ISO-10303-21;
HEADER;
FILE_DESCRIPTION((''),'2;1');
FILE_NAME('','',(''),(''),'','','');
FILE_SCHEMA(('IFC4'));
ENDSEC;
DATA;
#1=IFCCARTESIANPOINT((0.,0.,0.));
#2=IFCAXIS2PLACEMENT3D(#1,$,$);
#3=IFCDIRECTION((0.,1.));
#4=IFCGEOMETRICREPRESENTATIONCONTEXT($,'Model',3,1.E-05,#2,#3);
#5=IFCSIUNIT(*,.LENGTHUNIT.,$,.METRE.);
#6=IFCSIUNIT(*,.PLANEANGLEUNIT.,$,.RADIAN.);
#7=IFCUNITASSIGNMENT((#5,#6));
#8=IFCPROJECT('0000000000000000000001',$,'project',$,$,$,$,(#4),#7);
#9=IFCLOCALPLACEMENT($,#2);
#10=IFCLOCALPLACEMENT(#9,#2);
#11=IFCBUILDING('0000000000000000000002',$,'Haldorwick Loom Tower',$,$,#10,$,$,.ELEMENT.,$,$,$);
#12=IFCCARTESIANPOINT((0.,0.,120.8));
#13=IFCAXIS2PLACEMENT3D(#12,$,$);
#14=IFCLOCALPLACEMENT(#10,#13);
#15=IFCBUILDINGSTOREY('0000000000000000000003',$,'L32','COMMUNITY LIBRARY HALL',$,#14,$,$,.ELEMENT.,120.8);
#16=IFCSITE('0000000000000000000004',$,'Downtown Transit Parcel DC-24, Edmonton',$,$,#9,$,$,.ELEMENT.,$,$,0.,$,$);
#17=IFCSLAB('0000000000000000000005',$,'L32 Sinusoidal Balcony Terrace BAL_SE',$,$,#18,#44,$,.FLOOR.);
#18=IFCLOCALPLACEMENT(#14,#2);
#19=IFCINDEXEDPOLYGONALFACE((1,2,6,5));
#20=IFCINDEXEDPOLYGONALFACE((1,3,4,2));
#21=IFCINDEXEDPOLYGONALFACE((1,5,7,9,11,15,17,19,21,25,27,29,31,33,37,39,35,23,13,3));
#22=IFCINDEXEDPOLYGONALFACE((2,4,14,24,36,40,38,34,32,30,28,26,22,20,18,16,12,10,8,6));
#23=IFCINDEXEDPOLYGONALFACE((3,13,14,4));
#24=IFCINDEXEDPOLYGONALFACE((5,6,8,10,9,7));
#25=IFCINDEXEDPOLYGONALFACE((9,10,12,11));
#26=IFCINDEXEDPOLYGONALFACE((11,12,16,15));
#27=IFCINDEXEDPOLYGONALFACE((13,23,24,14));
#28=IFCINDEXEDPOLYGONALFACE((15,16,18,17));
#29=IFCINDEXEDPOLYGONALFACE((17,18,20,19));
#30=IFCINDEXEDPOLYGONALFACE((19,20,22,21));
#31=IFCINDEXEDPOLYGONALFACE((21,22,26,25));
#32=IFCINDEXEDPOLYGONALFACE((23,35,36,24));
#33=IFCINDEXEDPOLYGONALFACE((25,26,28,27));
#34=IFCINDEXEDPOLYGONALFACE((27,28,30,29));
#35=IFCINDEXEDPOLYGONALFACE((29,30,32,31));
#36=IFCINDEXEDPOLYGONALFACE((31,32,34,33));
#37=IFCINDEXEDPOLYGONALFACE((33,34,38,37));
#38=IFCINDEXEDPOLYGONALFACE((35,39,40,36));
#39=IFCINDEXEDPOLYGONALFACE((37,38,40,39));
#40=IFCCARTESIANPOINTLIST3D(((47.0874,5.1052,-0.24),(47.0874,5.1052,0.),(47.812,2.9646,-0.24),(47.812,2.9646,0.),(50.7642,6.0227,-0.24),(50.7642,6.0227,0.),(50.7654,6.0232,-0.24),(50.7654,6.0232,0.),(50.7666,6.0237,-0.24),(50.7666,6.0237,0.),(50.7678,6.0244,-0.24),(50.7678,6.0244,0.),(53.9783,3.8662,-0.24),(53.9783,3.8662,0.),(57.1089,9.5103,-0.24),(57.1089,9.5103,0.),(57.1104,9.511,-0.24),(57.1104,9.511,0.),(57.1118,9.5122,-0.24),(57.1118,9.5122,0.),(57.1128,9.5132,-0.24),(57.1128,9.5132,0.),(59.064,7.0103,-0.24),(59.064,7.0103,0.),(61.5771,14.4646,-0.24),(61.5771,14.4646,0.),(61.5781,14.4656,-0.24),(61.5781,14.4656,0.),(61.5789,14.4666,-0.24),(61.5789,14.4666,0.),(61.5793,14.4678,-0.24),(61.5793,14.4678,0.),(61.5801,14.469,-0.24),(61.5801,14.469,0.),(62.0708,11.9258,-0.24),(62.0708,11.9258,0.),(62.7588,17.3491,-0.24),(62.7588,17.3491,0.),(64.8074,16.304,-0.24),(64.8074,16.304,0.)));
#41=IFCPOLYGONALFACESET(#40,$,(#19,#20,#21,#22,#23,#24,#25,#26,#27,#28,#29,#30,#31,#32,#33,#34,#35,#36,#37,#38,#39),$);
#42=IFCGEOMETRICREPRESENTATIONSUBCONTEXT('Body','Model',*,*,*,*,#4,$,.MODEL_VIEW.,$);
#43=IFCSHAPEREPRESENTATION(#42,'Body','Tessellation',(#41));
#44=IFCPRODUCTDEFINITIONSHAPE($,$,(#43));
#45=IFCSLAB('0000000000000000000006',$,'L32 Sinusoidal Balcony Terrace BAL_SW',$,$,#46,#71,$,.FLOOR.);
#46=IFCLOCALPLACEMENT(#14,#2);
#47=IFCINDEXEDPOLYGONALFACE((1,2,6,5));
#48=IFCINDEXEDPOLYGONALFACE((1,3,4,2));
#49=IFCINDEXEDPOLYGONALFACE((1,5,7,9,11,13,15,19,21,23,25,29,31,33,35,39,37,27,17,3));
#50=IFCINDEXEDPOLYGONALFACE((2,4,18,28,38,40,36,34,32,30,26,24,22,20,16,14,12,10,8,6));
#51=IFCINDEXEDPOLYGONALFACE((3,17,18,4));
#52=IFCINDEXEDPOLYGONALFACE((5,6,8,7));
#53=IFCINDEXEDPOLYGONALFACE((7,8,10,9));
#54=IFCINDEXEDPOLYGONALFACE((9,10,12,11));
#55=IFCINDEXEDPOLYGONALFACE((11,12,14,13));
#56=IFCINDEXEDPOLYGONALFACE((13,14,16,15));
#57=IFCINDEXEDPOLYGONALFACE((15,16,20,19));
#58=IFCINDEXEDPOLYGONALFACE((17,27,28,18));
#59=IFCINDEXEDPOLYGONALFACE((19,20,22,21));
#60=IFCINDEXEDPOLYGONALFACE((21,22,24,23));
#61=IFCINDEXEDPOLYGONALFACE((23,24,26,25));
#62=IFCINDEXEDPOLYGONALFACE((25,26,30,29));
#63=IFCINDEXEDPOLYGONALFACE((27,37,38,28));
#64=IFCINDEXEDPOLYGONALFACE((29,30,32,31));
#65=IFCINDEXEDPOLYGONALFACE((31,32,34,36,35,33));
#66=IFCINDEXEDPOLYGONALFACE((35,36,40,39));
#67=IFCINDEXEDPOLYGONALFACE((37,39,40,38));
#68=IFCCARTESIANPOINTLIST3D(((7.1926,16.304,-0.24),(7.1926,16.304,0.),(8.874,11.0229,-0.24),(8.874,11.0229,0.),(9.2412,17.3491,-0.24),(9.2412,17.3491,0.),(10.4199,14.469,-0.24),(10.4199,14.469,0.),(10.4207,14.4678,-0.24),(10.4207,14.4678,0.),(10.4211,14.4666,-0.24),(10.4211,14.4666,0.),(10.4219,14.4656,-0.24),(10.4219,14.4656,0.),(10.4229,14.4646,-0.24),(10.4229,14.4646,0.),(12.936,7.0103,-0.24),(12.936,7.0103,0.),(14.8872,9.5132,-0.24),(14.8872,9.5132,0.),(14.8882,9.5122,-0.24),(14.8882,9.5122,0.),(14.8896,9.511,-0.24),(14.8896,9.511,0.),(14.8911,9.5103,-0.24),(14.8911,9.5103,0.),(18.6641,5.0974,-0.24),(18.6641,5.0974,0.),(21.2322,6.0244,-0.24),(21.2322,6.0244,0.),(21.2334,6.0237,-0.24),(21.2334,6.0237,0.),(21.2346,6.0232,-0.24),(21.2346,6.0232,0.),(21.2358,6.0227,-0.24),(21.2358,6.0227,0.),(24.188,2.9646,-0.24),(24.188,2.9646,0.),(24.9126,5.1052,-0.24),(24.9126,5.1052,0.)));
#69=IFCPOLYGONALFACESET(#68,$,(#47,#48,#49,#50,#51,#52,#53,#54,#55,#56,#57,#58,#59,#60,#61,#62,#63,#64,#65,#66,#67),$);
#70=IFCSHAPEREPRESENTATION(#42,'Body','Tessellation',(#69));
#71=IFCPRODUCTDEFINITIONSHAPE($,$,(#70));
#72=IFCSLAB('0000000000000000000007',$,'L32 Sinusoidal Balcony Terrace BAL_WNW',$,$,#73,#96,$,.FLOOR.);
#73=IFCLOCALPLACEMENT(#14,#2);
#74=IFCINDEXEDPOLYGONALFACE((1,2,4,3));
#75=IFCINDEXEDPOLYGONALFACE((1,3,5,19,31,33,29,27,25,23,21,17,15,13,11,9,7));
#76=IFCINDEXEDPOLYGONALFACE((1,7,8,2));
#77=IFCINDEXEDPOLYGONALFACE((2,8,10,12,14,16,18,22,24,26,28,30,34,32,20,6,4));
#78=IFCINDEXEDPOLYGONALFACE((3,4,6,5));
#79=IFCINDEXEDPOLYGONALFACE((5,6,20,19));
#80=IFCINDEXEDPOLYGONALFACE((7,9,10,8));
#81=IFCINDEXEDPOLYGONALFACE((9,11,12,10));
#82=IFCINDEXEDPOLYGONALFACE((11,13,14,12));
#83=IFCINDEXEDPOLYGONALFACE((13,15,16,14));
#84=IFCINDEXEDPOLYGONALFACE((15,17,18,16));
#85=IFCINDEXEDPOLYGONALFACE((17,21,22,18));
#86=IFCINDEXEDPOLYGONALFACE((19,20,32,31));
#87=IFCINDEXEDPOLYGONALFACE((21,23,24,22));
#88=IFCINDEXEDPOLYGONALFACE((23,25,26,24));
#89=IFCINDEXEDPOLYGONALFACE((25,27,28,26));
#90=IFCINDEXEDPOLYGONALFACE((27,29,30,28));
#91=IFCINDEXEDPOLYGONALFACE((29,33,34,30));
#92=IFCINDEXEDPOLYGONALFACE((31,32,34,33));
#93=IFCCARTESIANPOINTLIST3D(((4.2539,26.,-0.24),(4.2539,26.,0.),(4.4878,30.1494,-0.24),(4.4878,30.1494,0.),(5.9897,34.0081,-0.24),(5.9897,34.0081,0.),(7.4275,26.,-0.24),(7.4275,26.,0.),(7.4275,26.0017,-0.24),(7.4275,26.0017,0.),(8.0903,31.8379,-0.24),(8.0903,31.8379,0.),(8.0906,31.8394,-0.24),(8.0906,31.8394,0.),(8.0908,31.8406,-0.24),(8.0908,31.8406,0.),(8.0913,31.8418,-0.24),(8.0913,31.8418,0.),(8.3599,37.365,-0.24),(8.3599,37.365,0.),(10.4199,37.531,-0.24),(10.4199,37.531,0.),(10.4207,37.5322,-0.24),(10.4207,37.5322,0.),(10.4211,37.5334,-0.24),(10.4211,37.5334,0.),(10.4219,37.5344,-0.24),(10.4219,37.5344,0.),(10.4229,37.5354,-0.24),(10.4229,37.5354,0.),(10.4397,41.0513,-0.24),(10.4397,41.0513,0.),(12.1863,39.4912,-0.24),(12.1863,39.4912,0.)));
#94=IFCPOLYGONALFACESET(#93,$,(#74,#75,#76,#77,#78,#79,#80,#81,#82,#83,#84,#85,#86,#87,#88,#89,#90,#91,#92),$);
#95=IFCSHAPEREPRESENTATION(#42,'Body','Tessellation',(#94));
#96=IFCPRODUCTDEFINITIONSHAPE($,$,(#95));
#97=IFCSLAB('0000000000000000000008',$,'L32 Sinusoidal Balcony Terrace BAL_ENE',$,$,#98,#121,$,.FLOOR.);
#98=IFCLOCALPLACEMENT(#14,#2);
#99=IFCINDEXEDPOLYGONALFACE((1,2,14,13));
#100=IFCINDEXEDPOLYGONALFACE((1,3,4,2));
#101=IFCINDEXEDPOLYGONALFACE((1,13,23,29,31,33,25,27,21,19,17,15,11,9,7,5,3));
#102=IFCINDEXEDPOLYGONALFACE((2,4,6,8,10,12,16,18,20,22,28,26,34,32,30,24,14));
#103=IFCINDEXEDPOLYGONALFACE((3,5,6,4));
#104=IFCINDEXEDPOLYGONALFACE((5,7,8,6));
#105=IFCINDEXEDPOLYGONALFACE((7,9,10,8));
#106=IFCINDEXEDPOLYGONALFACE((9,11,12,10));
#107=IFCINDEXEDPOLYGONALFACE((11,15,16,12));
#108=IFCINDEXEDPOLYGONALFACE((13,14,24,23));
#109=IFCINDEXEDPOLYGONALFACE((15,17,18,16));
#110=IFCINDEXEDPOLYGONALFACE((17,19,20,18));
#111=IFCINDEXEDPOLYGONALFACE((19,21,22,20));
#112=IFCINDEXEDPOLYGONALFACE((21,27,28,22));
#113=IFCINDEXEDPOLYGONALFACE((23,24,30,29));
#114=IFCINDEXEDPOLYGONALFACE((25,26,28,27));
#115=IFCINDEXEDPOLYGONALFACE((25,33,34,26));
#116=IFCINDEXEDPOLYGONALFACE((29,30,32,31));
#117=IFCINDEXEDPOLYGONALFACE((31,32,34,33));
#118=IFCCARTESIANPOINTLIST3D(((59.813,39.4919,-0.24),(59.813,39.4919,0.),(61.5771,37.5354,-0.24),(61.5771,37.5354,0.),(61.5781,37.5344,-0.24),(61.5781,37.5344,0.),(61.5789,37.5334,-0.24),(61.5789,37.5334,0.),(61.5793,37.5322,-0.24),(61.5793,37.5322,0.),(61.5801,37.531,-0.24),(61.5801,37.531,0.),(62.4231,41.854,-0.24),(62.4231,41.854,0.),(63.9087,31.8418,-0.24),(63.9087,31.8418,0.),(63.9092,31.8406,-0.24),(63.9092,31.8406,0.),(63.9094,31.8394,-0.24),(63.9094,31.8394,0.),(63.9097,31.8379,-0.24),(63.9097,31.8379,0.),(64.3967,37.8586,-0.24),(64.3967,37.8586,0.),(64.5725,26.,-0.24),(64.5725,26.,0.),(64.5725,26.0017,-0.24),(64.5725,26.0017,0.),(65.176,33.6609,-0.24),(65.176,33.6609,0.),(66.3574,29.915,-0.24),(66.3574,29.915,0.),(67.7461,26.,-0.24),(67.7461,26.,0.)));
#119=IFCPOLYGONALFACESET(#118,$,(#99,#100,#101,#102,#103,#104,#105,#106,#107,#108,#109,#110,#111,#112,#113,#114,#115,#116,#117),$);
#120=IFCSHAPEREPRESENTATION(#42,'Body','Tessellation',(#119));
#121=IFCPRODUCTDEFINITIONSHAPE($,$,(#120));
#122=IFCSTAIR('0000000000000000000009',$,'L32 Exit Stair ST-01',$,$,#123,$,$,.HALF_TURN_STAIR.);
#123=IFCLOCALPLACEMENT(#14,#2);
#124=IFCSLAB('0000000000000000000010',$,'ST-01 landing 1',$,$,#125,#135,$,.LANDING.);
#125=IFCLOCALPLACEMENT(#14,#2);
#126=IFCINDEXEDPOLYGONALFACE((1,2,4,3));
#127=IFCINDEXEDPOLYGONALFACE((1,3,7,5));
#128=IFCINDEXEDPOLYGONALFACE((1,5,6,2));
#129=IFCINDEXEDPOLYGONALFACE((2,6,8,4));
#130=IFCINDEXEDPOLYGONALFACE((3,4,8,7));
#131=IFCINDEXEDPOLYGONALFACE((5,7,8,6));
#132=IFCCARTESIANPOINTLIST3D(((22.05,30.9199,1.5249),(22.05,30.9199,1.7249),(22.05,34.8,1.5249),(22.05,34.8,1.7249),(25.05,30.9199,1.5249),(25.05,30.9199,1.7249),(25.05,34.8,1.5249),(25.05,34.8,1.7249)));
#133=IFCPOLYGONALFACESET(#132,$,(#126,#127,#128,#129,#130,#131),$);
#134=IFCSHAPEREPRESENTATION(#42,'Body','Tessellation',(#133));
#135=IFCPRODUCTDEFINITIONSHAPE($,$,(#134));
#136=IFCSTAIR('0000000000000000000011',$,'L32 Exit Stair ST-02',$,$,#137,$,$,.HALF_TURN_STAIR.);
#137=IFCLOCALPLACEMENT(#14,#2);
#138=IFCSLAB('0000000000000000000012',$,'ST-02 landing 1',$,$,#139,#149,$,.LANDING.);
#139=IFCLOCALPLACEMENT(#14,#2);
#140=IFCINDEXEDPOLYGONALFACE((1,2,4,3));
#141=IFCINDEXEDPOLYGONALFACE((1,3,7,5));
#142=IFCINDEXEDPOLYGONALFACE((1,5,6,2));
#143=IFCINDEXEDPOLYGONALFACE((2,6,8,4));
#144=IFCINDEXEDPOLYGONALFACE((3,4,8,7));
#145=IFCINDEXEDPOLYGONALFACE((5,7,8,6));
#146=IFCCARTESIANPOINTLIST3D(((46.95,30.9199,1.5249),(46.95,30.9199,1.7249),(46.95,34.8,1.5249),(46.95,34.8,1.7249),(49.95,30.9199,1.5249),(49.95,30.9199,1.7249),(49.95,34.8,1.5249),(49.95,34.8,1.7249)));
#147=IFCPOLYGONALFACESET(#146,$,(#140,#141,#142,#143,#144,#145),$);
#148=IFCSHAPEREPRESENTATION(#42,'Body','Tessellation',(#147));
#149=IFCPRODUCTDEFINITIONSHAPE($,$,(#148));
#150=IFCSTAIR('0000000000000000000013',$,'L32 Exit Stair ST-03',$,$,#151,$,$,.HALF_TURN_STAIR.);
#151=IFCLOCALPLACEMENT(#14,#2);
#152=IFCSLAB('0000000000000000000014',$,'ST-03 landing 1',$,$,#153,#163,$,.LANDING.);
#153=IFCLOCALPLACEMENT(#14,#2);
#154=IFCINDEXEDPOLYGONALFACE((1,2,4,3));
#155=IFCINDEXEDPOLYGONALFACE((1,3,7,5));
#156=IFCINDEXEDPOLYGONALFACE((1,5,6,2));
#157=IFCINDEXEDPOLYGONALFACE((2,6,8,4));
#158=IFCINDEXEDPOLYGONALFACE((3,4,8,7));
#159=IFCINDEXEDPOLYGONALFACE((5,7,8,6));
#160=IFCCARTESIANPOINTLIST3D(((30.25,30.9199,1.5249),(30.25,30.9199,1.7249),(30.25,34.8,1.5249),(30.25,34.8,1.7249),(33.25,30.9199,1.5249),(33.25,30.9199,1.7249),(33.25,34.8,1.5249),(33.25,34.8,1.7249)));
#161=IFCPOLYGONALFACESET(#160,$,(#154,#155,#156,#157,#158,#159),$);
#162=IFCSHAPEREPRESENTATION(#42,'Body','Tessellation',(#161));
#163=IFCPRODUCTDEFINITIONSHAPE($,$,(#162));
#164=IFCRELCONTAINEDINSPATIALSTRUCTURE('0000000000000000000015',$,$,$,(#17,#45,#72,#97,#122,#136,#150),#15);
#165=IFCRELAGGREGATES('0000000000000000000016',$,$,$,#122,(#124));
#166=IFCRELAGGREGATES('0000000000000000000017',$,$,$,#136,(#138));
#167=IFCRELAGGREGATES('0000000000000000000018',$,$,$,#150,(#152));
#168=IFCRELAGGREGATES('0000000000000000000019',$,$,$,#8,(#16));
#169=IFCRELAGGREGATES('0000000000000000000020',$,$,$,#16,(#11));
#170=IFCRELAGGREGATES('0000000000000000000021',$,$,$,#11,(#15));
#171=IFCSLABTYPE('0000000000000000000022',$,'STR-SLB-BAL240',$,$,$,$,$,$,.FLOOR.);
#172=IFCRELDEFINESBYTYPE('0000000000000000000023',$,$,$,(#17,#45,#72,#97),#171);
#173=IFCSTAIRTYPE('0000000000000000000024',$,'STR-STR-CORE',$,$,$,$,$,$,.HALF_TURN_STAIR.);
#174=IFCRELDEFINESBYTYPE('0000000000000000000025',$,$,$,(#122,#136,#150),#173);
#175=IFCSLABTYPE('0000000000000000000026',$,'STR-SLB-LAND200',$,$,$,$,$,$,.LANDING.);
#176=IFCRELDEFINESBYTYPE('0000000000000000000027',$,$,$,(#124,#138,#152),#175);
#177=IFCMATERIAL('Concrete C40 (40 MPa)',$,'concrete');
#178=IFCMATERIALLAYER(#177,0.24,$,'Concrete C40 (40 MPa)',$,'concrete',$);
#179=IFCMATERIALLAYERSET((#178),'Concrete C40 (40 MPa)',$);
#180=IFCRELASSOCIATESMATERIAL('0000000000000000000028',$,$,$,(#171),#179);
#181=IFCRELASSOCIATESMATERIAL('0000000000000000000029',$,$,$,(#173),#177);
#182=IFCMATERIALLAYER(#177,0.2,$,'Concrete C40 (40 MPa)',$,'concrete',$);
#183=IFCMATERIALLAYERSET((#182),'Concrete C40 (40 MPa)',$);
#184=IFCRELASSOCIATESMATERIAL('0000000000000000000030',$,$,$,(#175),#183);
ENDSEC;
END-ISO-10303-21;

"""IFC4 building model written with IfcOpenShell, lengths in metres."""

from ifc_helpers import new_model, si_unit, direction, frame, origin, place, context, subcontext, project, spatial, polyline, outline, extrude, material, layer, layer_set, type_object, element, aggregate, save


model = new_model("IFC4")

# Units and contexts
model_context = context("Model", 3, precision=1e-05, world=origin(), true_north=direction((0.0, 1.0)))
body_context = subcontext(model_context, "Body", "Model", "MODEL_VIEW")
ifc_project = project(units=[si_unit("LENGTHUNIT", "METRE"), si_unit("PLANEANGLEUNIT", "RADIAN")], contexts=[model_context])

# Site, building, storey
site_placement = place(None, origin())
site = spatial("IfcSite", under=ifc_project, at=site_placement, Name="Downtown Transit Parcel DC-24, Edmonton", CompositionType="ELEMENT", RefElevation=0.0)
building_placement = place(site_placement, origin())
building = spatial("IfcBuilding", under=site, at=building_placement, Name="Haldorwick Loom Tower", CompositionType="ELEMENT")
storey_placement = place(building_placement, frame((0.0, 0.0, 120.8)))
storey = spatial("IfcBuildingStorey", under=building, at=storey_placement, Name="L32", Description="COMMUNITY LIBRARY HALL", CompositionType="ELEMENT", Elevation=120.8)

# Slabs
ifc_material_1 = material(Name="Concrete C40 (40 MPa)", Category="concrete")
ifc_layer_1 = layer(ifc_material_1, 0.24, Name="Concrete C40 (40 MPa)", Category="concrete")
ifc_layer_set_1 = layer_set([ifc_layer_1], Name="Concrete C40 (40 MPa)")
slab_type_1 = type_object("IfcSlabType", Name="STR-SLB-BAL240", PredefinedType="FLOOR", material=ifc_layer_set_1)
slab_1_placement = place(storey_placement, frame((0.0, 0.0, -0.24)))
element("IfcSlab", 1, at=slab_1_placement, inside=storey, type_object=slab_type_1, Name="L32 Sinusoidal Balcony Terrace BAL_SE", PredefinedType="FLOOR", context=body_context, shape_type="SweptSolid", body=[
    extrude(outline(polyline([(62.7588, 17.3491), (61.5801, 14.469), (61.5793, 14.4678), (61.5789, 14.4666), (61.5781, 14.4656), (61.5771, 14.4646), (57.1128, 9.5132), (57.1118, 9.5122), (57.1104, 9.511), (57.1089, 9.5103), (50.7678, 6.0244), (50.7666, 6.0237), (50.7654, 6.0232), (50.7642, 6.0227), (47.0874, 5.1052), (47.812, 2.9646), (53.9783, 3.8662), (59.064, 7.0103), (62.0708, 11.9258), (64.8074, 16.304), (62.7588, 17.3491)])), origin(), (0.0, 0.0, 1.0), 0.24),
])
slab_2_placement = place(storey_placement, frame((0.0, 0.0, -0.24)))
element("IfcSlab", 2, at=slab_2_placement, inside=storey, type_object=slab_type_1, Name="L32 Sinusoidal Balcony Terrace BAL_SW", PredefinedType="FLOOR", context=body_context, shape_type="SweptSolid", body=[
    extrude(outline(polyline([(24.9126, 5.1052), (21.2358, 6.0227), (21.2346, 6.0232), (21.2334, 6.0237), (21.2322, 6.0244), (14.8911, 9.5103), (14.8896, 9.511), (14.8882, 9.5122), (14.8872, 9.5132), (10.4229, 14.4646), (10.4219, 14.4656), (10.4211, 14.4666), (10.4207, 14.4678), (10.4199, 14.469), (9.2412, 17.3491), (7.1926, 16.304), (8.874, 11.0229), (12.936, 7.0103), (18.6641, 5.0974), (24.188, 2.9646), (24.9126, 5.1052)])), origin(), (0.0, 0.0, 1.0), 0.24),
])
slab_3_placement = place(storey_placement, frame((0.0, 0.0, -0.24)))
element("IfcSlab", 3, at=slab_3_placement, inside=storey, type_object=slab_type_1, Name="L32 Sinusoidal Balcony Terrace BAL_WNW", PredefinedType="FLOOR", context=body_context, shape_type="SweptSolid", body=[
    extrude(outline(polyline([(7.4275, 26.0), (7.4275, 26.0017), (8.0903, 31.8379), (8.0906, 31.8394), (8.0908, 31.8406), (8.0913, 31.8418), (10.4199, 37.531), (10.4207, 37.5322), (10.4211, 37.5334), (10.4219, 37.5344), (10.4229, 37.5354), (12.1863, 39.4912), (10.4397, 41.0513), (8.3599, 37.365), (5.9897, 34.0081), (4.4878, 30.1494), (4.2539, 26.0), (7.4275, 26.0)])), origin(), (0.0, 0.0, 1.0), 0.24),
])
slab_4_placement = place(storey_placement, frame((0.0, 0.0, -0.24)))
element("IfcSlab", 4, at=slab_4_placement, inside=storey, type_object=slab_type_1, Name="L32 Sinusoidal Balcony Terrace BAL_ENE", PredefinedType="FLOOR", context=body_context, shape_type="SweptSolid", body=[
    extrude(outline(polyline([(59.813, 39.4919), (61.5771, 37.5354), (61.5781, 37.5344), (61.5789, 37.5334), (61.5793, 37.5322), (61.5801, 37.531), (63.9087, 31.8418), (63.9092, 31.8406), (63.9094, 31.8394), (63.9097, 31.8379), (64.5725, 26.0017), (64.5725, 26.0), (67.7461, 26.0), (66.3574, 29.915), (65.176, 33.6609), (64.3967, 37.8586), (62.4231, 41.854), (59.813, 39.4919)])), origin(), (0.0, 0.0, 1.0), 0.24),
])

# Stairs, slabs
stair_type = type_object("IfcStairType", Name="STR-STR-CORE", PredefinedType="HALF_TURN_STAIR", material=ifc_material_1)
stair_1_placement = place(storey_placement, origin())
stair_1 = element("IfcStair", 5, at=stair_1_placement, inside=storey, type_object=stair_type, Name="L32 Exit Stair ST-01", PredefinedType="HALF_TURN_STAIR")
ifc_layer_2 = layer(ifc_material_1, 0.2, Name="Concrete C40 (40 MPa)", Category="concrete")
ifc_layer_set_2 = layer_set([ifc_layer_2], Name="Concrete C40 (40 MPa)")
slab_type_2 = type_object("IfcSlabType", Name="STR-SLB-LAND200", PredefinedType="LANDING", material=ifc_layer_set_2)
slab_5_placement = place(storey_placement, frame((0.0, 0.0, 1.5249)))
slab_5 = element("IfcSlab", 6, at=slab_5_placement, type_object=slab_type_2, Name="ST-01 landing 1", PredefinedType="LANDING", context=body_context, shape_type="SweptSolid", body=[
    extrude(outline(polyline([(25.05, 30.9199), (25.05, 34.8), (22.05, 34.8), (22.05, 30.9199), (25.05, 30.9199)])), origin(), (0.0, 0.0, 1.0), 0.2),
])
aggregate(stair_1, [slab_5])
stair_2_placement = place(storey_placement, origin())
stair_2 = element("IfcStair", 7, at=stair_2_placement, inside=storey, type_object=stair_type, Name="L32 Exit Stair ST-02", PredefinedType="HALF_TURN_STAIR")
slab_6_placement = place(storey_placement, frame((0.0, 0.0, 1.5249)))
slab_6 = element("IfcSlab", 8, at=slab_6_placement, type_object=slab_type_2, Name="ST-02 landing 1", PredefinedType="LANDING", context=body_context, shape_type="SweptSolid", body=[
    extrude(outline(polyline([(49.95, 30.9199), (49.95, 34.8), (46.95, 34.8), (46.95, 30.9199), (49.95, 30.9199)])), origin(), (0.0, 0.0, 1.0), 0.2),
])
aggregate(stair_2, [slab_6])
stair_3_placement = place(storey_placement, origin())
stair_3 = element("IfcStair", 9, at=stair_3_placement, inside=storey, type_object=stair_type, Name="L32 Exit Stair ST-03", PredefinedType="HALF_TURN_STAIR")
slab_7_placement = place(storey_placement, frame((0.0, 0.0, 1.5249)))
slab_7 = element("IfcSlab", 10, at=slab_7_placement, type_object=slab_type_2, Name="ST-03 landing 1", PredefinedType="LANDING", context=body_context, shape_type="SweptSolid", body=[
    extrude(outline(polyline([(33.25, 30.9199), (33.25, 34.8), (30.25, 34.8), (30.25, 30.9199), (33.25, 30.9199)])), origin(), (0.0, 0.0, 1.0), 0.2),
])
aggregate(stair_3, [slab_7])

save(model, "model.ifc")
